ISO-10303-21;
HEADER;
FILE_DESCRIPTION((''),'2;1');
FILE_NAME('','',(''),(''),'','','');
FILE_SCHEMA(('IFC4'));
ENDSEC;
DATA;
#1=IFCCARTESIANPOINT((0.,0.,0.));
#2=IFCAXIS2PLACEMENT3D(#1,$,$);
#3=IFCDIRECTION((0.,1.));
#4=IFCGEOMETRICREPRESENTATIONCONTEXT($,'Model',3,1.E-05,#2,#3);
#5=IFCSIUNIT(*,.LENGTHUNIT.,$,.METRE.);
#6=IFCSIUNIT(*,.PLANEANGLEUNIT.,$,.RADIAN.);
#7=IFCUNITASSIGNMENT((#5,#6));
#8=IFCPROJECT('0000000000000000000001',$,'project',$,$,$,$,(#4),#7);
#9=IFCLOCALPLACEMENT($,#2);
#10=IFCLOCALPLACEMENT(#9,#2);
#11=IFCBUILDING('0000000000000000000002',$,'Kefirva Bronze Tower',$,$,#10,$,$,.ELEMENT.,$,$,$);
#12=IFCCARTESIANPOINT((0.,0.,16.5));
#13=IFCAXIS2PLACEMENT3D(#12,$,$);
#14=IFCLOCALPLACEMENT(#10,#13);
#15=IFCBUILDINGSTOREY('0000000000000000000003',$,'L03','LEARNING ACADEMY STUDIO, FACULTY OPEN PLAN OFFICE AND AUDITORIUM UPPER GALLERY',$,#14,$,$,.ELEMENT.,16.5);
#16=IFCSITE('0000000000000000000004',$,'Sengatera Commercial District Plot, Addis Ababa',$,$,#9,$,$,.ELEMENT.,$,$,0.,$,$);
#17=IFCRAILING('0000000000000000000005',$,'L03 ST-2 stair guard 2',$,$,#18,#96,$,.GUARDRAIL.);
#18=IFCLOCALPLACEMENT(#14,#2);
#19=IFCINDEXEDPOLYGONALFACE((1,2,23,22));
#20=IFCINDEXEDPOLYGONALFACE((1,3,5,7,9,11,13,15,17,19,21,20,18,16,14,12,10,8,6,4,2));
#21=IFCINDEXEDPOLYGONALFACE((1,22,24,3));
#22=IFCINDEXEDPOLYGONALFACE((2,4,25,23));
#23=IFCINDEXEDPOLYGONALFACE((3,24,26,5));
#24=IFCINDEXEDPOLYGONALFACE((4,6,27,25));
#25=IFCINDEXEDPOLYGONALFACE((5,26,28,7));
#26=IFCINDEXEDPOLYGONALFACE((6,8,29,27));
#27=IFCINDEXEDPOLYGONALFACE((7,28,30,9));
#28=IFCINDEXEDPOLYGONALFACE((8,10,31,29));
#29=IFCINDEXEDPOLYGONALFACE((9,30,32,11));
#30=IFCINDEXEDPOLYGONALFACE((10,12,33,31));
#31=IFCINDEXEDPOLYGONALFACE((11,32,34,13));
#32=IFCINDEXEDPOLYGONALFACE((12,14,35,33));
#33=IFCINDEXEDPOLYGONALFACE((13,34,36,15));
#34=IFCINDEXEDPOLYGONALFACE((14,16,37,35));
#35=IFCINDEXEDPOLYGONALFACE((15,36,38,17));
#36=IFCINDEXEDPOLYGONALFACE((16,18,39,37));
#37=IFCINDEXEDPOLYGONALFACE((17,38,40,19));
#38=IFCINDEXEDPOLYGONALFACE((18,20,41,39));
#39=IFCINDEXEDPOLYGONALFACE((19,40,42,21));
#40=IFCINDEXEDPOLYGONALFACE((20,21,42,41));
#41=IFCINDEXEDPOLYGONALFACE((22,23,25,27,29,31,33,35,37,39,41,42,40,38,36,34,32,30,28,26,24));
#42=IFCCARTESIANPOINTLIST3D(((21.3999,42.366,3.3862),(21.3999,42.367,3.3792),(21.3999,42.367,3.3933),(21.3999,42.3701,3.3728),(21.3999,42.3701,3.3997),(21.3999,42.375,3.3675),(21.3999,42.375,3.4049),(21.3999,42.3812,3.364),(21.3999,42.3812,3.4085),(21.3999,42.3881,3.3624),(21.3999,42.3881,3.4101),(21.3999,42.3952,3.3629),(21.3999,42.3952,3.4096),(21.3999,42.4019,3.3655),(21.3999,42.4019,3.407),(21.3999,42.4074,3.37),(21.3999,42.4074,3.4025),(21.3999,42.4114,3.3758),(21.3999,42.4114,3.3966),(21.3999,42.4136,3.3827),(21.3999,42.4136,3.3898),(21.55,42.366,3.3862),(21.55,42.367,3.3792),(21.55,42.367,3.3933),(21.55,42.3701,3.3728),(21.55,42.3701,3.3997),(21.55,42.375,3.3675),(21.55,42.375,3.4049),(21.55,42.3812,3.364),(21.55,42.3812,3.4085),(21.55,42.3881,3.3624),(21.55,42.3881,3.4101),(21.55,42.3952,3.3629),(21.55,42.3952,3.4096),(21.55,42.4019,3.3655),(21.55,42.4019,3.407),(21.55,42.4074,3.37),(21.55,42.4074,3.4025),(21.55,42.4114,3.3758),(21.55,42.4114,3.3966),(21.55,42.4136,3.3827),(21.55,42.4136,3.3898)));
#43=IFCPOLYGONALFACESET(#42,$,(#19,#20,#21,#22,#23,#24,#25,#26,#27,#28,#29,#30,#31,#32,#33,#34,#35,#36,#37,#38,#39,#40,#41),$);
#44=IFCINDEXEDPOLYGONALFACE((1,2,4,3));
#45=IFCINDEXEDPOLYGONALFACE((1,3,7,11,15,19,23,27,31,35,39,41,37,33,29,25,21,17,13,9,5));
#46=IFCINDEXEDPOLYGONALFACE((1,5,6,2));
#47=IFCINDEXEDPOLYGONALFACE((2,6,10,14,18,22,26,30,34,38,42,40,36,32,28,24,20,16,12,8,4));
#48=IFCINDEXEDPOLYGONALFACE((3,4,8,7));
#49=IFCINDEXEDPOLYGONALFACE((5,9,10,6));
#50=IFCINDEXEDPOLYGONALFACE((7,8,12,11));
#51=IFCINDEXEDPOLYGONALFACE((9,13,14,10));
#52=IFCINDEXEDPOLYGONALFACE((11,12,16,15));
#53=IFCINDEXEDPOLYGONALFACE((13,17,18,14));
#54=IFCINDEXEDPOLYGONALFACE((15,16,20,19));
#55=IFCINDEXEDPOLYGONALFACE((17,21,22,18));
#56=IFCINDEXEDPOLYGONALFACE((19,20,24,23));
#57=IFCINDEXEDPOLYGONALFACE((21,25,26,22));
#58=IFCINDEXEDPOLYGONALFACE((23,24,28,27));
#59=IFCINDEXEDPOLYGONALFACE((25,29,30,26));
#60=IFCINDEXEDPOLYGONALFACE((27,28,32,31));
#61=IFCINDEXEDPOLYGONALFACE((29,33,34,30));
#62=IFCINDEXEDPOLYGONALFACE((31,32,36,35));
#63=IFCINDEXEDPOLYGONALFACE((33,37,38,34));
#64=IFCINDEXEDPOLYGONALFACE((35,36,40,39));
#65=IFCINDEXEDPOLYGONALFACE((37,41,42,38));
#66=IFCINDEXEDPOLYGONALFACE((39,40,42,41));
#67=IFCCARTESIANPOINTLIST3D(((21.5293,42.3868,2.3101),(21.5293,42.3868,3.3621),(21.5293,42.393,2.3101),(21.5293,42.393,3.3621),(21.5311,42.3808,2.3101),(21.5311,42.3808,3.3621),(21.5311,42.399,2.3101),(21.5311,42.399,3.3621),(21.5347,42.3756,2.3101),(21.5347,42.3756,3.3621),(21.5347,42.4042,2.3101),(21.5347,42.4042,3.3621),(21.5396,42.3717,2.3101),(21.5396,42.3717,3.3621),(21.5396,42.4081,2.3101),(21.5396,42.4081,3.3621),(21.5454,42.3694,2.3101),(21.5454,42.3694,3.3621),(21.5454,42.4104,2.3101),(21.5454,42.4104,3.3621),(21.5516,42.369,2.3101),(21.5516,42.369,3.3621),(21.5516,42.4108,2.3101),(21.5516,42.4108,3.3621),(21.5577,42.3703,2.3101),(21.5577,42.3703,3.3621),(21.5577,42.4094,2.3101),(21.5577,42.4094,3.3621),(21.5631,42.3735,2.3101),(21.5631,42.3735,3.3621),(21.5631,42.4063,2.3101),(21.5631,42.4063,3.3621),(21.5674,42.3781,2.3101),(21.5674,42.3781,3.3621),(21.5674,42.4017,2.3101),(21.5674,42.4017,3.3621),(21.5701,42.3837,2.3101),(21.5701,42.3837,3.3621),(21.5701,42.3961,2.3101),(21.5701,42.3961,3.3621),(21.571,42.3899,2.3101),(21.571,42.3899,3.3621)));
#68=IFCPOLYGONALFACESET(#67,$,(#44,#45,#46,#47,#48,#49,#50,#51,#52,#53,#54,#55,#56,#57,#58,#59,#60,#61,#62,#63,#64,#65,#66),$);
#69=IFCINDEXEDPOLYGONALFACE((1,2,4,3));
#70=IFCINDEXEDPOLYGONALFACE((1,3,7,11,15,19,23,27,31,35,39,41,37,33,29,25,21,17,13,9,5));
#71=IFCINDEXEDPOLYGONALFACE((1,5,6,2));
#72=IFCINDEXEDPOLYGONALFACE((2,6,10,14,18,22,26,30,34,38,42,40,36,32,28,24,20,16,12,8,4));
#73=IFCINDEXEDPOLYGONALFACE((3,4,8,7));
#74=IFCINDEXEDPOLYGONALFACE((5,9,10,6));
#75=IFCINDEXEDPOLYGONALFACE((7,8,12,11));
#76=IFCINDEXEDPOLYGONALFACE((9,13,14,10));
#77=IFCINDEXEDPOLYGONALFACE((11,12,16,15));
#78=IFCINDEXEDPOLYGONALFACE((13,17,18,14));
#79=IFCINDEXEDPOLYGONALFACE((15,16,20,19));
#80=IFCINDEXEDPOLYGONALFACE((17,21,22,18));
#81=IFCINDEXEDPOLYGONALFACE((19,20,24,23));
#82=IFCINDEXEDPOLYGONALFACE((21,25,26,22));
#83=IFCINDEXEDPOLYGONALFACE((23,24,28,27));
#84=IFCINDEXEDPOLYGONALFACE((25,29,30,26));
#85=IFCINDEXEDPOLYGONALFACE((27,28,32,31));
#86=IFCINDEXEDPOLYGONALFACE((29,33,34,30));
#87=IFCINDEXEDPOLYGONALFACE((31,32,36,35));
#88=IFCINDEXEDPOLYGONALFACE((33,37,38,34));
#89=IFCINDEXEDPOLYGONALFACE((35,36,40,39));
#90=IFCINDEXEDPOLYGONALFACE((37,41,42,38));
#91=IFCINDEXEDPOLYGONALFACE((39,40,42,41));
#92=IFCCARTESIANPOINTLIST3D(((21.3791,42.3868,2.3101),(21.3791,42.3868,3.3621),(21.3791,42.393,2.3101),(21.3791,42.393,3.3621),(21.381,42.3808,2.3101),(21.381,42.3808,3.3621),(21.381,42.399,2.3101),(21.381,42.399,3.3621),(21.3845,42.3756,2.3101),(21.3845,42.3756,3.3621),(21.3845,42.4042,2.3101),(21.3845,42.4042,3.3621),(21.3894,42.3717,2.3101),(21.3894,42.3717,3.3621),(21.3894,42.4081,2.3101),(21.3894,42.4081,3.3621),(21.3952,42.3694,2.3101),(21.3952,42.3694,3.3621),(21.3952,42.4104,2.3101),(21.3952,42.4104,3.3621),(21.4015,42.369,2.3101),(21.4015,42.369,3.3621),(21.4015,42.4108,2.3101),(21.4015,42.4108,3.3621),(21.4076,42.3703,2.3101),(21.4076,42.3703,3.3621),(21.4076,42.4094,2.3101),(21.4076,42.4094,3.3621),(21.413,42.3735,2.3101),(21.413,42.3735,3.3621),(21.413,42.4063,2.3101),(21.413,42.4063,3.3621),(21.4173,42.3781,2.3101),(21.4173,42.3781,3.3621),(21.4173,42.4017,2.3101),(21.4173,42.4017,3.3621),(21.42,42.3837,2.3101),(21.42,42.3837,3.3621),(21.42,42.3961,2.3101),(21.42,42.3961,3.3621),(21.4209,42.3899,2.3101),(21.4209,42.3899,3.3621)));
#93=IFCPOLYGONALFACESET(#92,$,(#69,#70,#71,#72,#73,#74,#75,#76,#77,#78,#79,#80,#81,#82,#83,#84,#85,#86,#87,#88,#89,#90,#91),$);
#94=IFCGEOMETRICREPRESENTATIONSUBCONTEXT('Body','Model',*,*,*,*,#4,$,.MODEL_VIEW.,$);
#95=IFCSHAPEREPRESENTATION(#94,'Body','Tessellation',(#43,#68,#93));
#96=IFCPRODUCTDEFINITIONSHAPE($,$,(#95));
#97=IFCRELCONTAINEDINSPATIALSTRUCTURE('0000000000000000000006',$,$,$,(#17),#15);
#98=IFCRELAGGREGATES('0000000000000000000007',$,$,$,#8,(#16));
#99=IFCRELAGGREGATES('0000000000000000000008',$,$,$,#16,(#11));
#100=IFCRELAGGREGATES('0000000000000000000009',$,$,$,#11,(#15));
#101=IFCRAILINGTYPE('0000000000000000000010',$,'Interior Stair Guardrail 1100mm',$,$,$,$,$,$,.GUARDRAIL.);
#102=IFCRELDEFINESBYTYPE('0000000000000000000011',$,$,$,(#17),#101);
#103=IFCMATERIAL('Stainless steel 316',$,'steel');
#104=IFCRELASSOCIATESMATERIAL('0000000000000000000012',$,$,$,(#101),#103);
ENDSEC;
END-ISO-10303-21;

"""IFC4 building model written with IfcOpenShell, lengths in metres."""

from ifc_helpers import new_model, si_unit, direction, frame, origin, origin_2d, place, context, subcontext, project, spatial, circle, extrude, material, type_object, element, save


model = new_model("IFC4")

# Units and contexts
model_context = context("Model", 3, precision=1e-05, world=origin(), true_north=direction((0.0, 1.0)))
body_context = subcontext(model_context, "Body", "Model", "MODEL_VIEW")
ifc_project = project(units=[si_unit("LENGTHUNIT", "METRE"), si_unit("PLANEANGLEUNIT", "RADIAN")], contexts=[model_context])

# Site, building, storey
site_placement = place(None, origin())
site = spatial("IfcSite", under=ifc_project, at=site_placement, Name="Sengatera Commercial District Plot, Addis Ababa", CompositionType="ELEMENT", RefElevation=0.0)
building_placement = place(site_placement, origin())
building = spatial("IfcBuilding", under=site, at=building_placement, Name="Kefirva Bronze Tower", CompositionType="ELEMENT")
storey_placement = place(building_placement, frame((0.0, 0.0, 16.5)))
storey = spatial("IfcBuildingStorey", under=building, at=storey_placement, Name="L03", Description="LEARNING ACADEMY STUDIO, FACULTY OPEN PLAN OFFICE AND AUDITORIUM UPPER GALLERY", CompositionType="ELEMENT", Elevation=16.5)

# Railing
ifc_material_1 = material(Name="Stainless steel 316", Category="steel")
railing_type_1 = type_object("IfcRailingType", Name="Interior Stair Guardrail 1100mm", PredefinedType="GUARDRAIL", material=ifc_material_1)
railing_1_placement = place(storey_placement, frame((21.55, 42.3899, 2.3101)))
element("IfcRailing", 1, at=railing_1_placement, inside=storey, type_object=railing_type_1, Name="L03 ST-2 stair guard 2", PredefinedType="GUARDRAIL", context=body_context, shape_type="SweptSolid", body=[
    extrude(circle(Radius=0.0239, at=origin_2d()), frame((0.0, 0.0, 1.0762), z_axis=(-1.0, 0.0, 0.0), x_axis=(0.0, -1.0, 0.0)), (0.0, 0.0, 1.0), 0.1501),
    extrude(circle(Radius=0.021, at=origin_2d()), origin(), (0.0, 0.0, 1.0), 1.052),
    extrude(circle(Radius=0.021, at=origin_2d()), frame((-0.1501, 0.0, 0.0)), (0.0, 0.0, 1.0), 1.052),
])

save(model, "model.ifc")
